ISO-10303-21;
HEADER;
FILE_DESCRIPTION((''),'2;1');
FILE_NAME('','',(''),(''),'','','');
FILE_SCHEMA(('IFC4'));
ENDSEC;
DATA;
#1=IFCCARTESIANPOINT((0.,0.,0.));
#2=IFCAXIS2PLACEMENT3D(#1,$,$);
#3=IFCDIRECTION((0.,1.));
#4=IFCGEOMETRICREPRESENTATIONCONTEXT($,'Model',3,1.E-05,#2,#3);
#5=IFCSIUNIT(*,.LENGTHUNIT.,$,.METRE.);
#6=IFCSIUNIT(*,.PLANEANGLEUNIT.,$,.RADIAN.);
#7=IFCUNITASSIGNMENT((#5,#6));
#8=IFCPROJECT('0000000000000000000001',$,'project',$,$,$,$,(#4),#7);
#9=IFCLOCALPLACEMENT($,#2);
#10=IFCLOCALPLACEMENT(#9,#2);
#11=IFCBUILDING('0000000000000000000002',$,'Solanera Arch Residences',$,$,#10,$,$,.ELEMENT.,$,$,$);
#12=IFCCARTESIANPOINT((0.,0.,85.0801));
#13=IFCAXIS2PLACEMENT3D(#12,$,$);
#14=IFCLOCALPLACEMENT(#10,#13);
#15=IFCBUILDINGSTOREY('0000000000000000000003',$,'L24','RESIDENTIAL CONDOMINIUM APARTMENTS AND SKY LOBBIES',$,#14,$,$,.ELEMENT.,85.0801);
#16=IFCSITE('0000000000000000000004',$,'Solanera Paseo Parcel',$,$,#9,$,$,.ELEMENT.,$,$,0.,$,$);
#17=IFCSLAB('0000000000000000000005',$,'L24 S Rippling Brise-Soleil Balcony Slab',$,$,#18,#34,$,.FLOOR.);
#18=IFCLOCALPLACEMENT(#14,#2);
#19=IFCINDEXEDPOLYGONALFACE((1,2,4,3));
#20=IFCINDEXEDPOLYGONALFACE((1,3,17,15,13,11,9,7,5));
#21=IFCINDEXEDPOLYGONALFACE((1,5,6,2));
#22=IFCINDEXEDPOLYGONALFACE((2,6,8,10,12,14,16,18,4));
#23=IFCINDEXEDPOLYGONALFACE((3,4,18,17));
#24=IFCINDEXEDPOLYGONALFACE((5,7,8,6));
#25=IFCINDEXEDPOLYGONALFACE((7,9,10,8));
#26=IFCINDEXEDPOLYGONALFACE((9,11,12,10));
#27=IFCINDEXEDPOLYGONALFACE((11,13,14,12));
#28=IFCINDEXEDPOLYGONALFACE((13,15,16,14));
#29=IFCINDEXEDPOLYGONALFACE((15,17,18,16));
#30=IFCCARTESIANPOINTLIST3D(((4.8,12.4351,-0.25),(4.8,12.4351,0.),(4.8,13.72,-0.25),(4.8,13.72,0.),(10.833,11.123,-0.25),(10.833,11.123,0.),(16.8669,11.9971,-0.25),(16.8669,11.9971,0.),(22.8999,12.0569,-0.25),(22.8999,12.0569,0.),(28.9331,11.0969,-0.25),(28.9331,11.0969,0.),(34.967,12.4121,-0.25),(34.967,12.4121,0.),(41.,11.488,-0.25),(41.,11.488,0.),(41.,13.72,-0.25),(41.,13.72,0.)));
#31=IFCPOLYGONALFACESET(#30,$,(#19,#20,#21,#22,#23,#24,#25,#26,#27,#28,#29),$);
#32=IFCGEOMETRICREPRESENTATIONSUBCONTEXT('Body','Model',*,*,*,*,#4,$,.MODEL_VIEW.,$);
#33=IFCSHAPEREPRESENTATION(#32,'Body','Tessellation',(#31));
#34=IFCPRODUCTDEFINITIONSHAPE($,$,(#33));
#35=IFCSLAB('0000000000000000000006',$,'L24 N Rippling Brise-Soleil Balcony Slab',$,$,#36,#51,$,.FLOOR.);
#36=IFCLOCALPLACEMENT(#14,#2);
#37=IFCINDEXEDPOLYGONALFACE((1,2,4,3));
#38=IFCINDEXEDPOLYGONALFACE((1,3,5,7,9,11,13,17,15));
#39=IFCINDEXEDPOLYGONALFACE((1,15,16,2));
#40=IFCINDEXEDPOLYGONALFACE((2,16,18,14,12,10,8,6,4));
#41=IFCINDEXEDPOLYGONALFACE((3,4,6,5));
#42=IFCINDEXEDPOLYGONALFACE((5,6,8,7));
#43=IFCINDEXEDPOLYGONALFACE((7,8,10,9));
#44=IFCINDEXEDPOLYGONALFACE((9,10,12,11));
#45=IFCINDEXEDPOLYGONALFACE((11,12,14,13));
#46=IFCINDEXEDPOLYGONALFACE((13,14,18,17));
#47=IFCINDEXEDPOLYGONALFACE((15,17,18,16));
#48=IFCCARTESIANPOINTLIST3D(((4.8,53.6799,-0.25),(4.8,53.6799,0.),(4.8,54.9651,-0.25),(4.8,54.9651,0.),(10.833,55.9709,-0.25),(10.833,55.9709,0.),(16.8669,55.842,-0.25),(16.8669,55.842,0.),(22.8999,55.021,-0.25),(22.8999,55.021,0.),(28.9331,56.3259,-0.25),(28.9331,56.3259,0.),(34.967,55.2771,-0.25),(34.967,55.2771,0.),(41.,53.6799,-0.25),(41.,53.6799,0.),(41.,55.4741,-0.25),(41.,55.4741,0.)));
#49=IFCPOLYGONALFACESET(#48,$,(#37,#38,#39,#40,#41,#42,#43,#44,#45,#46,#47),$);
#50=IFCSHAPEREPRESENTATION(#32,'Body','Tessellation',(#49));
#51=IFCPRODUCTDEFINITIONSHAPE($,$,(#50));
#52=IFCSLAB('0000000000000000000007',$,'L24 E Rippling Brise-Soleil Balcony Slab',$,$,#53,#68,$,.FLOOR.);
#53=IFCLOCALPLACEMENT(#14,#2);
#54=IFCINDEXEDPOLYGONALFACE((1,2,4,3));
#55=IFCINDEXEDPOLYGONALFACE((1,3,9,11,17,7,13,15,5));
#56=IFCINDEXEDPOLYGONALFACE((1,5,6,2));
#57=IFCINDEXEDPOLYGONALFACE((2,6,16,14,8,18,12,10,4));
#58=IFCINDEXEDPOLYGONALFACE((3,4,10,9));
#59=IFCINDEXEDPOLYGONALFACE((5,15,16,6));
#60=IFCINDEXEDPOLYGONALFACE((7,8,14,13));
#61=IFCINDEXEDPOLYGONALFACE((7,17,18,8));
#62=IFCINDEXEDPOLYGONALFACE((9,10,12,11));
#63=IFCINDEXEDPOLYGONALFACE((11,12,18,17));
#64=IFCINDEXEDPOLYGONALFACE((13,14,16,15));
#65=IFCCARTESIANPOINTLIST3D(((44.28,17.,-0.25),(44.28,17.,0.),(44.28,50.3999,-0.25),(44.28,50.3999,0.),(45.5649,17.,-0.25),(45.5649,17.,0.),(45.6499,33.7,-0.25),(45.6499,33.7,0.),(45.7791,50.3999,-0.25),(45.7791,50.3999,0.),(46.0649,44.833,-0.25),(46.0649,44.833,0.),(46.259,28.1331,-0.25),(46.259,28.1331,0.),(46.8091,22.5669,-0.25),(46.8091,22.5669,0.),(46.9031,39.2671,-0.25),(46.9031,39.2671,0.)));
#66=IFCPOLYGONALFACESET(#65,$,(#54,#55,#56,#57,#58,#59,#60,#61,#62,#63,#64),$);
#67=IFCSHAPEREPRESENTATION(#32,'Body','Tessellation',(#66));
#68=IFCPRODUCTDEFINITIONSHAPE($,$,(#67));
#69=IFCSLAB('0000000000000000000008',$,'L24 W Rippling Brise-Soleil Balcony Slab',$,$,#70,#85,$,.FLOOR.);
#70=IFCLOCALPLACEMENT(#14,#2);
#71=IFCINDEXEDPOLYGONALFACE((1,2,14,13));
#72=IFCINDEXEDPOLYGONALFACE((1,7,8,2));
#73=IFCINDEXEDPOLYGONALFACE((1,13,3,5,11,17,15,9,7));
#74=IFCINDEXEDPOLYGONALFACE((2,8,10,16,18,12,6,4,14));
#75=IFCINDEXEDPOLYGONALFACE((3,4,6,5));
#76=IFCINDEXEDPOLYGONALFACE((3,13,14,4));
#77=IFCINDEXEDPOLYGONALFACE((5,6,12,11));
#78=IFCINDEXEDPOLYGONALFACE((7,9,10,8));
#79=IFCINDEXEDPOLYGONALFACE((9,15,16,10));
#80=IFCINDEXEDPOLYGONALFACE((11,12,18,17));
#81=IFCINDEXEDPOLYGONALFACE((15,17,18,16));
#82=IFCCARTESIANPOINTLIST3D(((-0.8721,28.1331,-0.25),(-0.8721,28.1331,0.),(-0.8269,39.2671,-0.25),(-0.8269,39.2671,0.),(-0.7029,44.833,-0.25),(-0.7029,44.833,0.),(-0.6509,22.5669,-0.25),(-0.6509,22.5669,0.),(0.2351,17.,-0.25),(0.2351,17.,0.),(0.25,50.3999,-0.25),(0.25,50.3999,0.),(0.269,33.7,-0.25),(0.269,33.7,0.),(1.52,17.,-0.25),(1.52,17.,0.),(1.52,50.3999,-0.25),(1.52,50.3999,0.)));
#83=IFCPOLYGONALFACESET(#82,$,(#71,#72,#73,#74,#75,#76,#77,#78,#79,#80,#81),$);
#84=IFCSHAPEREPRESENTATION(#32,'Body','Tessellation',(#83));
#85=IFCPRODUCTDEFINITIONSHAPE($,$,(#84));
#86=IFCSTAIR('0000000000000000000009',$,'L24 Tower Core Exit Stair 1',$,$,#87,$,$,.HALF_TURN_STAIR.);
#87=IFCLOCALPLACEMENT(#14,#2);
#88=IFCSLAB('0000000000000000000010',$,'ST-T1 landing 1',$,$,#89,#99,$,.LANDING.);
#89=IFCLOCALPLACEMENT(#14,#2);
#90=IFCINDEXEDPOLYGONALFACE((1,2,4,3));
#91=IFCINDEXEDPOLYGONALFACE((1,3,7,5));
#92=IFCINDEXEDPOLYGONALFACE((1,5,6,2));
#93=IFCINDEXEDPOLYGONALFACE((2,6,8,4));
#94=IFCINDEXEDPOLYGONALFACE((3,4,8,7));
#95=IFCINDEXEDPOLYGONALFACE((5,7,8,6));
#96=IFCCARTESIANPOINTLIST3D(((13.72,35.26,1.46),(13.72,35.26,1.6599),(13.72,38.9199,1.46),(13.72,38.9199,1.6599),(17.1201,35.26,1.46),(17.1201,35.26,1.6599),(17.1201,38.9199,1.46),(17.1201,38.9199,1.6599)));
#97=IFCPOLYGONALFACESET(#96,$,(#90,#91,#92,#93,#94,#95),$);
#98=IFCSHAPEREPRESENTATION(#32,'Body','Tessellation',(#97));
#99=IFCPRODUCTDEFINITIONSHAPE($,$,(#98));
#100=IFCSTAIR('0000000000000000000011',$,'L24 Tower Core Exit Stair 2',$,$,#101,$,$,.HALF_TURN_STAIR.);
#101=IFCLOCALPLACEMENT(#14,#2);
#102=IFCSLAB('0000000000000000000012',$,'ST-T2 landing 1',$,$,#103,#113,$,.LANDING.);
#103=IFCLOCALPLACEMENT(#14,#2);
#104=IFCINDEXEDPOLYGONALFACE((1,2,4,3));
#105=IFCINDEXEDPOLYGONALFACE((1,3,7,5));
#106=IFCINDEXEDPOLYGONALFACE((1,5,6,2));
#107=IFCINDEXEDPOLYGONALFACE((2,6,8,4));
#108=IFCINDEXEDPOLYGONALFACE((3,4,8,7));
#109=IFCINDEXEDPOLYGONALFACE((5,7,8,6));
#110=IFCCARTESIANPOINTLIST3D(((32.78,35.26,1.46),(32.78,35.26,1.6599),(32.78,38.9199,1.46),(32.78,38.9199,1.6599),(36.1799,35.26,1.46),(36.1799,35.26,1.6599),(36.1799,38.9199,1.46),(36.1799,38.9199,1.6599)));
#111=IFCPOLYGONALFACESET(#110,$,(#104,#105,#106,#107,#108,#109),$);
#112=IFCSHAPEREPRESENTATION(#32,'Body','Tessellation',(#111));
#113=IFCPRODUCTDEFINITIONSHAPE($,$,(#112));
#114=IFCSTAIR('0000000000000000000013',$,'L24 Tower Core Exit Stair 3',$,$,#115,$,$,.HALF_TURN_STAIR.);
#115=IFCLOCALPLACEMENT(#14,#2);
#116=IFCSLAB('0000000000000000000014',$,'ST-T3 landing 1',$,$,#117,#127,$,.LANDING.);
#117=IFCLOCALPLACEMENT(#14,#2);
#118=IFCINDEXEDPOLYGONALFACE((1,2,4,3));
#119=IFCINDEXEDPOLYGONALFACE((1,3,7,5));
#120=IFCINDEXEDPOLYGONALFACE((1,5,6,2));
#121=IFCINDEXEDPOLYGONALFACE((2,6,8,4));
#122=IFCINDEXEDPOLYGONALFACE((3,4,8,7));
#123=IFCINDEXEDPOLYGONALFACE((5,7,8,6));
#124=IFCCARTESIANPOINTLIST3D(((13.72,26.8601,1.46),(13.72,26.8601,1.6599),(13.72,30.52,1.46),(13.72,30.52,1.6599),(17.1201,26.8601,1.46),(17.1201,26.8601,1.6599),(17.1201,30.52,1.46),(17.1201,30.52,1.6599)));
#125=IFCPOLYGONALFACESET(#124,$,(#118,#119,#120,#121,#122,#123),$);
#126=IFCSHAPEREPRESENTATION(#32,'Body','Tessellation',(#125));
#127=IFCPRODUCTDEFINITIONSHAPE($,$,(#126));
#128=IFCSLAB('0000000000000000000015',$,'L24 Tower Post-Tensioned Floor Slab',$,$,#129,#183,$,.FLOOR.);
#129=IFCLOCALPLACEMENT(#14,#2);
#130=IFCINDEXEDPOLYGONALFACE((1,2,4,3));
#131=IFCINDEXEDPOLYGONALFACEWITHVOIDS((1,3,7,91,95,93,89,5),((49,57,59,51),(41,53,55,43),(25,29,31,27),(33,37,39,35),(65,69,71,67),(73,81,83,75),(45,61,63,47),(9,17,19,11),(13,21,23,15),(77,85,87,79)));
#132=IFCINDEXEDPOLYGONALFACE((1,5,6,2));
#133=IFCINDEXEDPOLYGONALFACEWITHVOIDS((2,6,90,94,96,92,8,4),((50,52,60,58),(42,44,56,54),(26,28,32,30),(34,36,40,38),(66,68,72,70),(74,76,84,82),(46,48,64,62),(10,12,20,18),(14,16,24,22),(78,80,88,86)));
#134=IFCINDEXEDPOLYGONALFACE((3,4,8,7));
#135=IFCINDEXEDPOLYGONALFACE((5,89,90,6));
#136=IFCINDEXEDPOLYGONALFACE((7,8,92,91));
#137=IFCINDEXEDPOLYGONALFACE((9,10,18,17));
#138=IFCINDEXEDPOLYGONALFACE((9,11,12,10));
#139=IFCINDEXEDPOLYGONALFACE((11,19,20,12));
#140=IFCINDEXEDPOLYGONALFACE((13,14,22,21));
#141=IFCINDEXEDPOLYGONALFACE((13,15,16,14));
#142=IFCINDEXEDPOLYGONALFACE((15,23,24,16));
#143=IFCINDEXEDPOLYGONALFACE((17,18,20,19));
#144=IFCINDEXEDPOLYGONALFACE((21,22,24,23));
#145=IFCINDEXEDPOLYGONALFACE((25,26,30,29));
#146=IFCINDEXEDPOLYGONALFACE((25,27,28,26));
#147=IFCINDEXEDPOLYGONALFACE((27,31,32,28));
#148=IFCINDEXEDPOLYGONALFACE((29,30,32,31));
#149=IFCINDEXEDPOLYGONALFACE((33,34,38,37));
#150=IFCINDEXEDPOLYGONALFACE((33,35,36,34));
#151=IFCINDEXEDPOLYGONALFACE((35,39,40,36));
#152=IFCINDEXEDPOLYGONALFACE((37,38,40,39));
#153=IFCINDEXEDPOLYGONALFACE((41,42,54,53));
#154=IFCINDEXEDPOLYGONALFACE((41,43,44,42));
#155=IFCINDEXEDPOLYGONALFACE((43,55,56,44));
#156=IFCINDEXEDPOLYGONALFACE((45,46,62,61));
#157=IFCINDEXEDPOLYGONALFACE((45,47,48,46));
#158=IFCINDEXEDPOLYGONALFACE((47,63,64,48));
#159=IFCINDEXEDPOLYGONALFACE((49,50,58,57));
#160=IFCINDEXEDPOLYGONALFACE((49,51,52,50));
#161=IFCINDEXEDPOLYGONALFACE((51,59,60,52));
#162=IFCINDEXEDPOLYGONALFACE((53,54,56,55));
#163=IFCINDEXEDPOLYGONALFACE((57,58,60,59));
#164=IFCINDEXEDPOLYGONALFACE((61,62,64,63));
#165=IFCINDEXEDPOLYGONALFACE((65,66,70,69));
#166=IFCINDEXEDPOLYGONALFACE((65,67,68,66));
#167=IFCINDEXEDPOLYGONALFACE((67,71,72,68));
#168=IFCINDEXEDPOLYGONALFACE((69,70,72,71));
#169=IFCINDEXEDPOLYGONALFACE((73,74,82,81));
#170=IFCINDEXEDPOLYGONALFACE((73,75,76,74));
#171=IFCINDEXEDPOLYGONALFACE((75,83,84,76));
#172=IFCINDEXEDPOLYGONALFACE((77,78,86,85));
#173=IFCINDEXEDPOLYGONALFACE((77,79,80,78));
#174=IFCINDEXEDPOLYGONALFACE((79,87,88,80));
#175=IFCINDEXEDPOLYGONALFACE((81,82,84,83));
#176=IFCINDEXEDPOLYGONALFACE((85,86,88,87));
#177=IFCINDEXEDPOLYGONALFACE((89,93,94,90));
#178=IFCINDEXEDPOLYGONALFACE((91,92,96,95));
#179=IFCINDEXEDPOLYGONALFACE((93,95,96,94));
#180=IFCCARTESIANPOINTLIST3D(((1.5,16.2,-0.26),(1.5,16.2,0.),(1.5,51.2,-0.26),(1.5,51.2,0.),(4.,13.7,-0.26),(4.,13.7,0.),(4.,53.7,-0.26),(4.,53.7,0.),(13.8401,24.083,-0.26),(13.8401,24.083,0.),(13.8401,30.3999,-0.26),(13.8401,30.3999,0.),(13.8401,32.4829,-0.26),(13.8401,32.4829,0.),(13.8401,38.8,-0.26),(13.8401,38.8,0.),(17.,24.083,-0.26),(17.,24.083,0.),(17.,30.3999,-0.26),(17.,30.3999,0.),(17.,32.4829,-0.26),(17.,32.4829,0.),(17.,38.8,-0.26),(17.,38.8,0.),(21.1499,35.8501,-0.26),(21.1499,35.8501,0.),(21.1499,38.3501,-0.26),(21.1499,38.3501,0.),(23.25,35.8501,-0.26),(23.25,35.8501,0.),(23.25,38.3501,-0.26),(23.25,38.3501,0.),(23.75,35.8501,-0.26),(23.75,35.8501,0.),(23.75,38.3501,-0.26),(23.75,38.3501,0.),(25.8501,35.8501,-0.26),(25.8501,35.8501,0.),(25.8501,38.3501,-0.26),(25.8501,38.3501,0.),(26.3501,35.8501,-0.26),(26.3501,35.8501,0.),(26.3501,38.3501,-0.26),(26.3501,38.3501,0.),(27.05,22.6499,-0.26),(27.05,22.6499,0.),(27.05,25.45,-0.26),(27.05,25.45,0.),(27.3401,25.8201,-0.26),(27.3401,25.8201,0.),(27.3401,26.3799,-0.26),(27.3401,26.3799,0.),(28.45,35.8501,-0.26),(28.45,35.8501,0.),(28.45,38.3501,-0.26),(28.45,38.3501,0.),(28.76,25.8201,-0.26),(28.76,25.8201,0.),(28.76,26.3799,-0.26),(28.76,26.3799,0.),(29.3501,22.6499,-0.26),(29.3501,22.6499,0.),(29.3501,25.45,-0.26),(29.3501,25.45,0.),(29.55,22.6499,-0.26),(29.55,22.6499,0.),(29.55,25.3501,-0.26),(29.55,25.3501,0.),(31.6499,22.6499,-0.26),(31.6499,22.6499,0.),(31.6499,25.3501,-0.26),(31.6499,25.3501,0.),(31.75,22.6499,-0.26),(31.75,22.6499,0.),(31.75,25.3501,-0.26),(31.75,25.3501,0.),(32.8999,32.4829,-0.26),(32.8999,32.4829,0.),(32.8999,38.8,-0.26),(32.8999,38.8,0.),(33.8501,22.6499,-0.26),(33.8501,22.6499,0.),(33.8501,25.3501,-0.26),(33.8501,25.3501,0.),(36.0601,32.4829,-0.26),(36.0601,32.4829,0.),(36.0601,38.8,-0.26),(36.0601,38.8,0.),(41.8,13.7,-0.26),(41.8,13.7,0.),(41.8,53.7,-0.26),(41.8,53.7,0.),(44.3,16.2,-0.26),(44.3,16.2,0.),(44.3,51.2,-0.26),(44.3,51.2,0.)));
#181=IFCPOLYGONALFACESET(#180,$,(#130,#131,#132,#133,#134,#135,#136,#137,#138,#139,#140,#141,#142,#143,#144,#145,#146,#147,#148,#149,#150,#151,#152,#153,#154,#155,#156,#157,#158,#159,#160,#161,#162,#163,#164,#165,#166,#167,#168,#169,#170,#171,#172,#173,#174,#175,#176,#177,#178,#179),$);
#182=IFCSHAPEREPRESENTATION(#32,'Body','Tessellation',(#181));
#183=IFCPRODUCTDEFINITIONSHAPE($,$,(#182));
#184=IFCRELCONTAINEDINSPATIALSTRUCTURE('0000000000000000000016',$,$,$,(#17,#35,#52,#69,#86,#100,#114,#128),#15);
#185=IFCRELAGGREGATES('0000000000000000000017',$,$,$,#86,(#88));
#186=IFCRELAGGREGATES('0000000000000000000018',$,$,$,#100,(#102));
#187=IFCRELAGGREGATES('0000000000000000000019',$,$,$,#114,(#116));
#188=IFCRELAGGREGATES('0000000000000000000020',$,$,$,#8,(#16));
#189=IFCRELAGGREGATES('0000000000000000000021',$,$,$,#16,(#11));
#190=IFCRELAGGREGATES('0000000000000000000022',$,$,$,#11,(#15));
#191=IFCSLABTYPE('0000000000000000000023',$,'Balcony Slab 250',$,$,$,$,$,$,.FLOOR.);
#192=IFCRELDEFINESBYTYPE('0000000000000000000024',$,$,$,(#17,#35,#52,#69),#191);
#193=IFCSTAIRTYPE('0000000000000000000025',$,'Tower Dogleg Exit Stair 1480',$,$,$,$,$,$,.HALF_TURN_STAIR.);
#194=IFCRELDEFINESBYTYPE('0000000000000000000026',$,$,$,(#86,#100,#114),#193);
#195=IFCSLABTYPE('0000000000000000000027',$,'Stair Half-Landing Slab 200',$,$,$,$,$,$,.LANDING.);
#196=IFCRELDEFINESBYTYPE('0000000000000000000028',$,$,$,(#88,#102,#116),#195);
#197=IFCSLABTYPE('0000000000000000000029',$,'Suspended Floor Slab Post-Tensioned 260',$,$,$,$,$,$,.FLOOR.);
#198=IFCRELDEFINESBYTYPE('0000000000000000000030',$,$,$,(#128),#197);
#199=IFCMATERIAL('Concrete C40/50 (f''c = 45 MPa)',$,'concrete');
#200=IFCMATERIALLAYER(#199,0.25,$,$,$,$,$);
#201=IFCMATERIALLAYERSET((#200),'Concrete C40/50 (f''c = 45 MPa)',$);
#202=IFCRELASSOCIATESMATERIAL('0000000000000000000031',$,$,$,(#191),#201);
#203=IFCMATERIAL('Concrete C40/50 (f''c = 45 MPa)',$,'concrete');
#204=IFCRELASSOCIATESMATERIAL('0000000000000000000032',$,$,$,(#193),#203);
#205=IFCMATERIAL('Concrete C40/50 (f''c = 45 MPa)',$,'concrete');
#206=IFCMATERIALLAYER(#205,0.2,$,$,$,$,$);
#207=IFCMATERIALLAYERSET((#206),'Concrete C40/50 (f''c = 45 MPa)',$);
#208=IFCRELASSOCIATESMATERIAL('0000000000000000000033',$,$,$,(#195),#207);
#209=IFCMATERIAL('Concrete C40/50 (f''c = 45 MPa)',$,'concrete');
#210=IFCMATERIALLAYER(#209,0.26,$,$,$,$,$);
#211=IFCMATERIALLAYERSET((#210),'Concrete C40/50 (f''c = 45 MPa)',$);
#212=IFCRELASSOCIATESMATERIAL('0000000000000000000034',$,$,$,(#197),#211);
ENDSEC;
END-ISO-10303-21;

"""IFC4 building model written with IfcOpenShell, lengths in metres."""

from ifc_helpers import new_model, si_unit, direction, frame, origin, place, context, subcontext, project, spatial, polyline, outline, extrude, material, layer, layer_set, type_object, element, aggregate, save


model = new_model("IFC4")

# Units and contexts
model_context = context("Model", 3, precision=1e-05, world=origin(), true_north=direction((0.0, 1.0)))
body_context = subcontext(model_context, "Body", "Model", "MODEL_VIEW")
ifc_project = project(units=[si_unit("LENGTHUNIT", "METRE"), si_unit("PLANEANGLEUNIT", "RADIAN")], contexts=[model_context])

# Site, building, storey
site_placement = place(None, origin())
site = spatial("IfcSite", under=ifc_project, at=site_placement, Name="Solanera Paseo Parcel", CompositionType="ELEMENT", RefElevation=0.0)
building_placement = place(site_placement, origin())
building = spatial("IfcBuilding", under=site, at=building_placement, Name="Solanera Arch Residences", CompositionType="ELEMENT")
storey_placement = place(building_placement, frame((0.0, 0.0, 85.0801)))
storey = spatial("IfcBuildingStorey", under=building, at=storey_placement, Name="L24", Description="RESIDENTIAL CONDOMINIUM APARTMENTS AND SKY LOBBIES", CompositionType="ELEMENT", Elevation=85.0801)

# Slabs
ifc_material_1 = material(Name="Concrete C40/50 (f'c = 45 MPa)", Category="concrete")
ifc_layer_1 = layer(ifc_material_1, 0.25)
ifc_layer_set_1 = layer_set([ifc_layer_1], Name="Concrete C40/50 (f'c = 45 MPa)")
slab_type_1 = type_object("IfcSlabType", Name="Balcony Slab 250", PredefinedType="FLOOR", material=ifc_layer_set_1)
slab_1_placement = place(storey_placement, frame((0.0, 0.0, -0.25)))
element("IfcSlab", 1, at=slab_1_placement, inside=storey, type_object=slab_type_1, Name="L24 S Rippling Brise-Soleil Balcony Slab", PredefinedType="FLOOR", context=body_context, shape_type="SweptSolid", body=[
    extrude(outline(polyline([(4.8, 12.4351), (10.833, 11.123), (16.8669, 11.9971), (22.8999, 12.0569), (28.9331, 11.0969), (34.967, 12.4121), (41.0, 11.488), (41.0, 13.72), (4.8, 13.72), (4.8, 12.4351)])), origin(), (0.0, 0.0, 1.0), 0.25),
])
slab_2_placement = place(storey_placement, frame((0.0, 0.0, -0.25)))
element("IfcSlab", 2, at=slab_2_placement, inside=storey, type_object=slab_type_1, Name="L24 N Rippling Brise-Soleil Balcony Slab", PredefinedType="FLOOR", context=body_context, shape_type="SweptSolid", body=[
    extrude(outline(polyline([(41.0, 55.4741), (34.967, 55.2771), (28.9331, 56.3259), (22.8999, 55.021), (16.8669, 55.842), (10.833, 55.9709), (4.8, 54.9651), (4.8, 53.6799), (41.0, 53.6799), (41.0, 55.4741)])), origin(), (0.0, 0.0, 1.0), 0.25),
])
slab_3_placement = place(storey_placement, frame((0.0, 0.0, -0.25)))
element("IfcSlab", 3, at=slab_3_placement, inside=storey, type_object=slab_type_1, Name="L24 E Rippling Brise-Soleil Balcony Slab", PredefinedType="FLOOR", context=body_context, shape_type="SweptSolid", body=[
    extrude(outline(polyline([(45.5649, 17.0), (46.8091, 22.5669), (46.259, 28.1331), (45.6499, 33.7), (46.9031, 39.2671), (46.0649, 44.833), (45.7791, 50.3999), (44.28, 50.3999), (44.28, 17.0), (45.5649, 17.0)])), origin(), (0.0, 0.0, 1.0), 0.25),
])
slab_4_placement = place(storey_placement, frame((0.0, 0.0, -0.25)))
element("IfcSlab", 4, at=slab_4_placement, inside=storey, type_object=slab_type_1, Name="L24 W Rippling Brise-Soleil Balcony Slab", PredefinedType="FLOOR", context=body_context, shape_type="SweptSolid", body=[
    extrude(outline(polyline([(0.25, 50.3999), (-0.7029, 44.833), (-0.8269, 39.2671), (0.269, 33.7), (-0.8721, 28.1331), (-0.6509, 22.5669), (0.2351, 17.0), (1.52, 17.0), (1.52, 50.3999), (0.25, 50.3999)])), origin(), (0.0, 0.0, 1.0), 0.25),
])

# Stairs, slabs
ifc_material_2 = material(Name="Concrete C40/50 (f'c = 45 MPa)", Category="concrete")
stair_type = type_object("IfcStairType", Name="Tower Dogleg Exit Stair 1480", PredefinedType="HALF_TURN_STAIR", material=ifc_material_2)
stair_1_placement = place(storey_placement, origin())
stair_1 = element("IfcStair", 5, at=stair_1_placement, inside=storey, type_object=stair_type, Name="L24 Tower Core Exit Stair 1", PredefinedType="HALF_TURN_STAIR")
ifc_material_3 = material(Name="Concrete C40/50 (f'c = 45 MPa)", Category="concrete")
ifc_layer_2 = layer(ifc_material_3, 0.2)
ifc_layer_set_2 = layer_set([ifc_layer_2], Name="Concrete C40/50 (f'c = 45 MPa)")
slab_type_2 = type_object("IfcSlabType", Name="Stair Half-Landing Slab 200", PredefinedType="LANDING", material=ifc_layer_set_2)
slab_5_placement = place(storey_placement, frame((0.0, 0.0, 1.46)))
slab_5 = element("IfcSlab", 6, at=slab_5_placement, type_object=slab_type_2, Name="ST-T1 landing 1", PredefinedType="LANDING", context=body_context, shape_type="SweptSolid", body=[
    extrude(outline(polyline([(17.1201, 35.26), (17.1201, 38.9199), (13.72, 38.9199), (13.72, 35.26), (17.1201, 35.26)])), origin(), (0.0, 0.0, 1.0), 0.2),
])
aggregate(stair_1, [slab_5])
stair_2_placement = place(storey_placement, origin())
stair_2 = element("IfcStair", 7, at=stair_2_placement, inside=storey, type_object=stair_type, Name="L24 Tower Core Exit Stair 2", PredefinedType="HALF_TURN_STAIR")
slab_6_placement = place(storey_placement, frame((0.0, 0.0, 1.46)))
slab_6 = element("IfcSlab", 8, at=slab_6_placement, type_object=slab_type_2, Name="ST-T2 landing 1", PredefinedType="LANDING", context=body_context, shape_type="SweptSolid", body=[
    extrude(outline(polyline([(36.1799, 35.26), (36.1799, 38.9199), (32.78, 38.9199), (32.78, 35.26), (36.1799, 35.26)])), origin(), (0.0, 0.0, 1.0), 0.2),
])
aggregate(stair_2, [slab_6])
stair_3_placement = place(storey_placement, origin())
stair_3 = element("IfcStair", 9, at=stair_3_placement, inside=storey, type_object=stair_type, Name="L24 Tower Core Exit Stair 3", PredefinedType="HALF_TURN_STAIR")
slab_7_placement = place(storey_placement, frame((0.0, 0.0, 1.46)))
slab_7 = element("IfcSlab", 10, at=slab_7_placement, type_object=slab_type_2, Name="ST-T3 landing 1", PredefinedType="LANDING", context=body_context, shape_type="SweptSolid", body=[
    extrude(outline(polyline([(17.1201, 26.8601), (17.1201, 30.52), (13.72, 30.52), (13.72, 26.8601), (17.1201, 26.8601)])), origin(), (0.0, 0.0, 1.0), 0.2),
])
aggregate(stair_3, [slab_7])

# Slab
ifc_material_4 = material(Name="Concrete C40/50 (f'c = 45 MPa)", Category="concrete")
ifc_layer_3 = layer(ifc_material_4, 0.26)
ifc_layer_set_3 = layer_set([ifc_layer_3], Name="Concrete C40/50 (f'c = 45 MPa)")
slab_type_3 = type_object("IfcSlabType", Name="Suspended Floor Slab Post-Tensioned 260", PredefinedType="FLOOR", material=ifc_layer_set_3)
slab_8_placement = place(storey_placement, frame((0.0, 0.0, -0.26)))
element("IfcSlab", 11, at=slab_8_placement, inside=storey, type_object=slab_type_3, Name="L24 Tower Post-Tensioned Floor Slab", PredefinedType="FLOOR", context=body_context, shape_type="SweptSolid", body=[
    extrude(outline(polyline([(4.0, 13.7), (41.8, 13.7), (44.3, 16.2), (44.3, 51.2), (41.8, 53.7), (4.0, 53.7), (1.5, 51.2), (1.5, 16.2), (4.0, 13.7)]), holes=[polyline([(13.8401, 32.4829), (13.8401, 38.8), (17.0, 38.8), (17.0, 32.4829), (13.8401, 32.4829)]), polyline([(32.8999, 32.4829), (32.8999, 38.8), (36.0601, 38.8), (36.0601, 32.4829), (32.8999, 32.4829)]), polyline([(13.8401, 24.083), (13.8401, 30.3999), (17.0, 30.3999), (17.0, 24.083), (13.8401, 24.083)]), polyline([(21.1499, 38.3501), (23.25, 38.3501), (23.25, 35.8501), (21.1499, 35.8501), (21.1499, 38.3501)]), polyline([(23.75, 38.3501), (25.8501, 38.3501), (25.8501, 35.8501), (23.75, 35.8501), (23.75, 38.3501)]), polyline([(26.3501, 38.3501), (28.45, 38.3501), (28.45, 35.8501), (26.3501, 35.8501), (26.3501, 38.3501)]), polyline([(29.55, 25.3501), (31.6499, 25.3501), (31.6499, 22.6499), (29.55, 22.6499), (29.55, 25.3501)]), polyline([(31.75, 25.3501), (33.8501, 25.3501), (33.8501, 22.6499), (31.75, 22.6499), (31.75, 25.3501)]), polyline([(27.05, 25.45), (29.3501, 25.45), (29.3501, 22.6499), (27.05, 22.6499), (27.05, 25.45)]), polyline([(27.3401, 26.3799), (28.76, 26.3799), (28.76, 25.8201), (27.3401, 25.8201), (27.3401, 26.3799)])]), origin(), (0.0, 0.0, 1.0), 0.26),
])

save(model, "model.ifc")
